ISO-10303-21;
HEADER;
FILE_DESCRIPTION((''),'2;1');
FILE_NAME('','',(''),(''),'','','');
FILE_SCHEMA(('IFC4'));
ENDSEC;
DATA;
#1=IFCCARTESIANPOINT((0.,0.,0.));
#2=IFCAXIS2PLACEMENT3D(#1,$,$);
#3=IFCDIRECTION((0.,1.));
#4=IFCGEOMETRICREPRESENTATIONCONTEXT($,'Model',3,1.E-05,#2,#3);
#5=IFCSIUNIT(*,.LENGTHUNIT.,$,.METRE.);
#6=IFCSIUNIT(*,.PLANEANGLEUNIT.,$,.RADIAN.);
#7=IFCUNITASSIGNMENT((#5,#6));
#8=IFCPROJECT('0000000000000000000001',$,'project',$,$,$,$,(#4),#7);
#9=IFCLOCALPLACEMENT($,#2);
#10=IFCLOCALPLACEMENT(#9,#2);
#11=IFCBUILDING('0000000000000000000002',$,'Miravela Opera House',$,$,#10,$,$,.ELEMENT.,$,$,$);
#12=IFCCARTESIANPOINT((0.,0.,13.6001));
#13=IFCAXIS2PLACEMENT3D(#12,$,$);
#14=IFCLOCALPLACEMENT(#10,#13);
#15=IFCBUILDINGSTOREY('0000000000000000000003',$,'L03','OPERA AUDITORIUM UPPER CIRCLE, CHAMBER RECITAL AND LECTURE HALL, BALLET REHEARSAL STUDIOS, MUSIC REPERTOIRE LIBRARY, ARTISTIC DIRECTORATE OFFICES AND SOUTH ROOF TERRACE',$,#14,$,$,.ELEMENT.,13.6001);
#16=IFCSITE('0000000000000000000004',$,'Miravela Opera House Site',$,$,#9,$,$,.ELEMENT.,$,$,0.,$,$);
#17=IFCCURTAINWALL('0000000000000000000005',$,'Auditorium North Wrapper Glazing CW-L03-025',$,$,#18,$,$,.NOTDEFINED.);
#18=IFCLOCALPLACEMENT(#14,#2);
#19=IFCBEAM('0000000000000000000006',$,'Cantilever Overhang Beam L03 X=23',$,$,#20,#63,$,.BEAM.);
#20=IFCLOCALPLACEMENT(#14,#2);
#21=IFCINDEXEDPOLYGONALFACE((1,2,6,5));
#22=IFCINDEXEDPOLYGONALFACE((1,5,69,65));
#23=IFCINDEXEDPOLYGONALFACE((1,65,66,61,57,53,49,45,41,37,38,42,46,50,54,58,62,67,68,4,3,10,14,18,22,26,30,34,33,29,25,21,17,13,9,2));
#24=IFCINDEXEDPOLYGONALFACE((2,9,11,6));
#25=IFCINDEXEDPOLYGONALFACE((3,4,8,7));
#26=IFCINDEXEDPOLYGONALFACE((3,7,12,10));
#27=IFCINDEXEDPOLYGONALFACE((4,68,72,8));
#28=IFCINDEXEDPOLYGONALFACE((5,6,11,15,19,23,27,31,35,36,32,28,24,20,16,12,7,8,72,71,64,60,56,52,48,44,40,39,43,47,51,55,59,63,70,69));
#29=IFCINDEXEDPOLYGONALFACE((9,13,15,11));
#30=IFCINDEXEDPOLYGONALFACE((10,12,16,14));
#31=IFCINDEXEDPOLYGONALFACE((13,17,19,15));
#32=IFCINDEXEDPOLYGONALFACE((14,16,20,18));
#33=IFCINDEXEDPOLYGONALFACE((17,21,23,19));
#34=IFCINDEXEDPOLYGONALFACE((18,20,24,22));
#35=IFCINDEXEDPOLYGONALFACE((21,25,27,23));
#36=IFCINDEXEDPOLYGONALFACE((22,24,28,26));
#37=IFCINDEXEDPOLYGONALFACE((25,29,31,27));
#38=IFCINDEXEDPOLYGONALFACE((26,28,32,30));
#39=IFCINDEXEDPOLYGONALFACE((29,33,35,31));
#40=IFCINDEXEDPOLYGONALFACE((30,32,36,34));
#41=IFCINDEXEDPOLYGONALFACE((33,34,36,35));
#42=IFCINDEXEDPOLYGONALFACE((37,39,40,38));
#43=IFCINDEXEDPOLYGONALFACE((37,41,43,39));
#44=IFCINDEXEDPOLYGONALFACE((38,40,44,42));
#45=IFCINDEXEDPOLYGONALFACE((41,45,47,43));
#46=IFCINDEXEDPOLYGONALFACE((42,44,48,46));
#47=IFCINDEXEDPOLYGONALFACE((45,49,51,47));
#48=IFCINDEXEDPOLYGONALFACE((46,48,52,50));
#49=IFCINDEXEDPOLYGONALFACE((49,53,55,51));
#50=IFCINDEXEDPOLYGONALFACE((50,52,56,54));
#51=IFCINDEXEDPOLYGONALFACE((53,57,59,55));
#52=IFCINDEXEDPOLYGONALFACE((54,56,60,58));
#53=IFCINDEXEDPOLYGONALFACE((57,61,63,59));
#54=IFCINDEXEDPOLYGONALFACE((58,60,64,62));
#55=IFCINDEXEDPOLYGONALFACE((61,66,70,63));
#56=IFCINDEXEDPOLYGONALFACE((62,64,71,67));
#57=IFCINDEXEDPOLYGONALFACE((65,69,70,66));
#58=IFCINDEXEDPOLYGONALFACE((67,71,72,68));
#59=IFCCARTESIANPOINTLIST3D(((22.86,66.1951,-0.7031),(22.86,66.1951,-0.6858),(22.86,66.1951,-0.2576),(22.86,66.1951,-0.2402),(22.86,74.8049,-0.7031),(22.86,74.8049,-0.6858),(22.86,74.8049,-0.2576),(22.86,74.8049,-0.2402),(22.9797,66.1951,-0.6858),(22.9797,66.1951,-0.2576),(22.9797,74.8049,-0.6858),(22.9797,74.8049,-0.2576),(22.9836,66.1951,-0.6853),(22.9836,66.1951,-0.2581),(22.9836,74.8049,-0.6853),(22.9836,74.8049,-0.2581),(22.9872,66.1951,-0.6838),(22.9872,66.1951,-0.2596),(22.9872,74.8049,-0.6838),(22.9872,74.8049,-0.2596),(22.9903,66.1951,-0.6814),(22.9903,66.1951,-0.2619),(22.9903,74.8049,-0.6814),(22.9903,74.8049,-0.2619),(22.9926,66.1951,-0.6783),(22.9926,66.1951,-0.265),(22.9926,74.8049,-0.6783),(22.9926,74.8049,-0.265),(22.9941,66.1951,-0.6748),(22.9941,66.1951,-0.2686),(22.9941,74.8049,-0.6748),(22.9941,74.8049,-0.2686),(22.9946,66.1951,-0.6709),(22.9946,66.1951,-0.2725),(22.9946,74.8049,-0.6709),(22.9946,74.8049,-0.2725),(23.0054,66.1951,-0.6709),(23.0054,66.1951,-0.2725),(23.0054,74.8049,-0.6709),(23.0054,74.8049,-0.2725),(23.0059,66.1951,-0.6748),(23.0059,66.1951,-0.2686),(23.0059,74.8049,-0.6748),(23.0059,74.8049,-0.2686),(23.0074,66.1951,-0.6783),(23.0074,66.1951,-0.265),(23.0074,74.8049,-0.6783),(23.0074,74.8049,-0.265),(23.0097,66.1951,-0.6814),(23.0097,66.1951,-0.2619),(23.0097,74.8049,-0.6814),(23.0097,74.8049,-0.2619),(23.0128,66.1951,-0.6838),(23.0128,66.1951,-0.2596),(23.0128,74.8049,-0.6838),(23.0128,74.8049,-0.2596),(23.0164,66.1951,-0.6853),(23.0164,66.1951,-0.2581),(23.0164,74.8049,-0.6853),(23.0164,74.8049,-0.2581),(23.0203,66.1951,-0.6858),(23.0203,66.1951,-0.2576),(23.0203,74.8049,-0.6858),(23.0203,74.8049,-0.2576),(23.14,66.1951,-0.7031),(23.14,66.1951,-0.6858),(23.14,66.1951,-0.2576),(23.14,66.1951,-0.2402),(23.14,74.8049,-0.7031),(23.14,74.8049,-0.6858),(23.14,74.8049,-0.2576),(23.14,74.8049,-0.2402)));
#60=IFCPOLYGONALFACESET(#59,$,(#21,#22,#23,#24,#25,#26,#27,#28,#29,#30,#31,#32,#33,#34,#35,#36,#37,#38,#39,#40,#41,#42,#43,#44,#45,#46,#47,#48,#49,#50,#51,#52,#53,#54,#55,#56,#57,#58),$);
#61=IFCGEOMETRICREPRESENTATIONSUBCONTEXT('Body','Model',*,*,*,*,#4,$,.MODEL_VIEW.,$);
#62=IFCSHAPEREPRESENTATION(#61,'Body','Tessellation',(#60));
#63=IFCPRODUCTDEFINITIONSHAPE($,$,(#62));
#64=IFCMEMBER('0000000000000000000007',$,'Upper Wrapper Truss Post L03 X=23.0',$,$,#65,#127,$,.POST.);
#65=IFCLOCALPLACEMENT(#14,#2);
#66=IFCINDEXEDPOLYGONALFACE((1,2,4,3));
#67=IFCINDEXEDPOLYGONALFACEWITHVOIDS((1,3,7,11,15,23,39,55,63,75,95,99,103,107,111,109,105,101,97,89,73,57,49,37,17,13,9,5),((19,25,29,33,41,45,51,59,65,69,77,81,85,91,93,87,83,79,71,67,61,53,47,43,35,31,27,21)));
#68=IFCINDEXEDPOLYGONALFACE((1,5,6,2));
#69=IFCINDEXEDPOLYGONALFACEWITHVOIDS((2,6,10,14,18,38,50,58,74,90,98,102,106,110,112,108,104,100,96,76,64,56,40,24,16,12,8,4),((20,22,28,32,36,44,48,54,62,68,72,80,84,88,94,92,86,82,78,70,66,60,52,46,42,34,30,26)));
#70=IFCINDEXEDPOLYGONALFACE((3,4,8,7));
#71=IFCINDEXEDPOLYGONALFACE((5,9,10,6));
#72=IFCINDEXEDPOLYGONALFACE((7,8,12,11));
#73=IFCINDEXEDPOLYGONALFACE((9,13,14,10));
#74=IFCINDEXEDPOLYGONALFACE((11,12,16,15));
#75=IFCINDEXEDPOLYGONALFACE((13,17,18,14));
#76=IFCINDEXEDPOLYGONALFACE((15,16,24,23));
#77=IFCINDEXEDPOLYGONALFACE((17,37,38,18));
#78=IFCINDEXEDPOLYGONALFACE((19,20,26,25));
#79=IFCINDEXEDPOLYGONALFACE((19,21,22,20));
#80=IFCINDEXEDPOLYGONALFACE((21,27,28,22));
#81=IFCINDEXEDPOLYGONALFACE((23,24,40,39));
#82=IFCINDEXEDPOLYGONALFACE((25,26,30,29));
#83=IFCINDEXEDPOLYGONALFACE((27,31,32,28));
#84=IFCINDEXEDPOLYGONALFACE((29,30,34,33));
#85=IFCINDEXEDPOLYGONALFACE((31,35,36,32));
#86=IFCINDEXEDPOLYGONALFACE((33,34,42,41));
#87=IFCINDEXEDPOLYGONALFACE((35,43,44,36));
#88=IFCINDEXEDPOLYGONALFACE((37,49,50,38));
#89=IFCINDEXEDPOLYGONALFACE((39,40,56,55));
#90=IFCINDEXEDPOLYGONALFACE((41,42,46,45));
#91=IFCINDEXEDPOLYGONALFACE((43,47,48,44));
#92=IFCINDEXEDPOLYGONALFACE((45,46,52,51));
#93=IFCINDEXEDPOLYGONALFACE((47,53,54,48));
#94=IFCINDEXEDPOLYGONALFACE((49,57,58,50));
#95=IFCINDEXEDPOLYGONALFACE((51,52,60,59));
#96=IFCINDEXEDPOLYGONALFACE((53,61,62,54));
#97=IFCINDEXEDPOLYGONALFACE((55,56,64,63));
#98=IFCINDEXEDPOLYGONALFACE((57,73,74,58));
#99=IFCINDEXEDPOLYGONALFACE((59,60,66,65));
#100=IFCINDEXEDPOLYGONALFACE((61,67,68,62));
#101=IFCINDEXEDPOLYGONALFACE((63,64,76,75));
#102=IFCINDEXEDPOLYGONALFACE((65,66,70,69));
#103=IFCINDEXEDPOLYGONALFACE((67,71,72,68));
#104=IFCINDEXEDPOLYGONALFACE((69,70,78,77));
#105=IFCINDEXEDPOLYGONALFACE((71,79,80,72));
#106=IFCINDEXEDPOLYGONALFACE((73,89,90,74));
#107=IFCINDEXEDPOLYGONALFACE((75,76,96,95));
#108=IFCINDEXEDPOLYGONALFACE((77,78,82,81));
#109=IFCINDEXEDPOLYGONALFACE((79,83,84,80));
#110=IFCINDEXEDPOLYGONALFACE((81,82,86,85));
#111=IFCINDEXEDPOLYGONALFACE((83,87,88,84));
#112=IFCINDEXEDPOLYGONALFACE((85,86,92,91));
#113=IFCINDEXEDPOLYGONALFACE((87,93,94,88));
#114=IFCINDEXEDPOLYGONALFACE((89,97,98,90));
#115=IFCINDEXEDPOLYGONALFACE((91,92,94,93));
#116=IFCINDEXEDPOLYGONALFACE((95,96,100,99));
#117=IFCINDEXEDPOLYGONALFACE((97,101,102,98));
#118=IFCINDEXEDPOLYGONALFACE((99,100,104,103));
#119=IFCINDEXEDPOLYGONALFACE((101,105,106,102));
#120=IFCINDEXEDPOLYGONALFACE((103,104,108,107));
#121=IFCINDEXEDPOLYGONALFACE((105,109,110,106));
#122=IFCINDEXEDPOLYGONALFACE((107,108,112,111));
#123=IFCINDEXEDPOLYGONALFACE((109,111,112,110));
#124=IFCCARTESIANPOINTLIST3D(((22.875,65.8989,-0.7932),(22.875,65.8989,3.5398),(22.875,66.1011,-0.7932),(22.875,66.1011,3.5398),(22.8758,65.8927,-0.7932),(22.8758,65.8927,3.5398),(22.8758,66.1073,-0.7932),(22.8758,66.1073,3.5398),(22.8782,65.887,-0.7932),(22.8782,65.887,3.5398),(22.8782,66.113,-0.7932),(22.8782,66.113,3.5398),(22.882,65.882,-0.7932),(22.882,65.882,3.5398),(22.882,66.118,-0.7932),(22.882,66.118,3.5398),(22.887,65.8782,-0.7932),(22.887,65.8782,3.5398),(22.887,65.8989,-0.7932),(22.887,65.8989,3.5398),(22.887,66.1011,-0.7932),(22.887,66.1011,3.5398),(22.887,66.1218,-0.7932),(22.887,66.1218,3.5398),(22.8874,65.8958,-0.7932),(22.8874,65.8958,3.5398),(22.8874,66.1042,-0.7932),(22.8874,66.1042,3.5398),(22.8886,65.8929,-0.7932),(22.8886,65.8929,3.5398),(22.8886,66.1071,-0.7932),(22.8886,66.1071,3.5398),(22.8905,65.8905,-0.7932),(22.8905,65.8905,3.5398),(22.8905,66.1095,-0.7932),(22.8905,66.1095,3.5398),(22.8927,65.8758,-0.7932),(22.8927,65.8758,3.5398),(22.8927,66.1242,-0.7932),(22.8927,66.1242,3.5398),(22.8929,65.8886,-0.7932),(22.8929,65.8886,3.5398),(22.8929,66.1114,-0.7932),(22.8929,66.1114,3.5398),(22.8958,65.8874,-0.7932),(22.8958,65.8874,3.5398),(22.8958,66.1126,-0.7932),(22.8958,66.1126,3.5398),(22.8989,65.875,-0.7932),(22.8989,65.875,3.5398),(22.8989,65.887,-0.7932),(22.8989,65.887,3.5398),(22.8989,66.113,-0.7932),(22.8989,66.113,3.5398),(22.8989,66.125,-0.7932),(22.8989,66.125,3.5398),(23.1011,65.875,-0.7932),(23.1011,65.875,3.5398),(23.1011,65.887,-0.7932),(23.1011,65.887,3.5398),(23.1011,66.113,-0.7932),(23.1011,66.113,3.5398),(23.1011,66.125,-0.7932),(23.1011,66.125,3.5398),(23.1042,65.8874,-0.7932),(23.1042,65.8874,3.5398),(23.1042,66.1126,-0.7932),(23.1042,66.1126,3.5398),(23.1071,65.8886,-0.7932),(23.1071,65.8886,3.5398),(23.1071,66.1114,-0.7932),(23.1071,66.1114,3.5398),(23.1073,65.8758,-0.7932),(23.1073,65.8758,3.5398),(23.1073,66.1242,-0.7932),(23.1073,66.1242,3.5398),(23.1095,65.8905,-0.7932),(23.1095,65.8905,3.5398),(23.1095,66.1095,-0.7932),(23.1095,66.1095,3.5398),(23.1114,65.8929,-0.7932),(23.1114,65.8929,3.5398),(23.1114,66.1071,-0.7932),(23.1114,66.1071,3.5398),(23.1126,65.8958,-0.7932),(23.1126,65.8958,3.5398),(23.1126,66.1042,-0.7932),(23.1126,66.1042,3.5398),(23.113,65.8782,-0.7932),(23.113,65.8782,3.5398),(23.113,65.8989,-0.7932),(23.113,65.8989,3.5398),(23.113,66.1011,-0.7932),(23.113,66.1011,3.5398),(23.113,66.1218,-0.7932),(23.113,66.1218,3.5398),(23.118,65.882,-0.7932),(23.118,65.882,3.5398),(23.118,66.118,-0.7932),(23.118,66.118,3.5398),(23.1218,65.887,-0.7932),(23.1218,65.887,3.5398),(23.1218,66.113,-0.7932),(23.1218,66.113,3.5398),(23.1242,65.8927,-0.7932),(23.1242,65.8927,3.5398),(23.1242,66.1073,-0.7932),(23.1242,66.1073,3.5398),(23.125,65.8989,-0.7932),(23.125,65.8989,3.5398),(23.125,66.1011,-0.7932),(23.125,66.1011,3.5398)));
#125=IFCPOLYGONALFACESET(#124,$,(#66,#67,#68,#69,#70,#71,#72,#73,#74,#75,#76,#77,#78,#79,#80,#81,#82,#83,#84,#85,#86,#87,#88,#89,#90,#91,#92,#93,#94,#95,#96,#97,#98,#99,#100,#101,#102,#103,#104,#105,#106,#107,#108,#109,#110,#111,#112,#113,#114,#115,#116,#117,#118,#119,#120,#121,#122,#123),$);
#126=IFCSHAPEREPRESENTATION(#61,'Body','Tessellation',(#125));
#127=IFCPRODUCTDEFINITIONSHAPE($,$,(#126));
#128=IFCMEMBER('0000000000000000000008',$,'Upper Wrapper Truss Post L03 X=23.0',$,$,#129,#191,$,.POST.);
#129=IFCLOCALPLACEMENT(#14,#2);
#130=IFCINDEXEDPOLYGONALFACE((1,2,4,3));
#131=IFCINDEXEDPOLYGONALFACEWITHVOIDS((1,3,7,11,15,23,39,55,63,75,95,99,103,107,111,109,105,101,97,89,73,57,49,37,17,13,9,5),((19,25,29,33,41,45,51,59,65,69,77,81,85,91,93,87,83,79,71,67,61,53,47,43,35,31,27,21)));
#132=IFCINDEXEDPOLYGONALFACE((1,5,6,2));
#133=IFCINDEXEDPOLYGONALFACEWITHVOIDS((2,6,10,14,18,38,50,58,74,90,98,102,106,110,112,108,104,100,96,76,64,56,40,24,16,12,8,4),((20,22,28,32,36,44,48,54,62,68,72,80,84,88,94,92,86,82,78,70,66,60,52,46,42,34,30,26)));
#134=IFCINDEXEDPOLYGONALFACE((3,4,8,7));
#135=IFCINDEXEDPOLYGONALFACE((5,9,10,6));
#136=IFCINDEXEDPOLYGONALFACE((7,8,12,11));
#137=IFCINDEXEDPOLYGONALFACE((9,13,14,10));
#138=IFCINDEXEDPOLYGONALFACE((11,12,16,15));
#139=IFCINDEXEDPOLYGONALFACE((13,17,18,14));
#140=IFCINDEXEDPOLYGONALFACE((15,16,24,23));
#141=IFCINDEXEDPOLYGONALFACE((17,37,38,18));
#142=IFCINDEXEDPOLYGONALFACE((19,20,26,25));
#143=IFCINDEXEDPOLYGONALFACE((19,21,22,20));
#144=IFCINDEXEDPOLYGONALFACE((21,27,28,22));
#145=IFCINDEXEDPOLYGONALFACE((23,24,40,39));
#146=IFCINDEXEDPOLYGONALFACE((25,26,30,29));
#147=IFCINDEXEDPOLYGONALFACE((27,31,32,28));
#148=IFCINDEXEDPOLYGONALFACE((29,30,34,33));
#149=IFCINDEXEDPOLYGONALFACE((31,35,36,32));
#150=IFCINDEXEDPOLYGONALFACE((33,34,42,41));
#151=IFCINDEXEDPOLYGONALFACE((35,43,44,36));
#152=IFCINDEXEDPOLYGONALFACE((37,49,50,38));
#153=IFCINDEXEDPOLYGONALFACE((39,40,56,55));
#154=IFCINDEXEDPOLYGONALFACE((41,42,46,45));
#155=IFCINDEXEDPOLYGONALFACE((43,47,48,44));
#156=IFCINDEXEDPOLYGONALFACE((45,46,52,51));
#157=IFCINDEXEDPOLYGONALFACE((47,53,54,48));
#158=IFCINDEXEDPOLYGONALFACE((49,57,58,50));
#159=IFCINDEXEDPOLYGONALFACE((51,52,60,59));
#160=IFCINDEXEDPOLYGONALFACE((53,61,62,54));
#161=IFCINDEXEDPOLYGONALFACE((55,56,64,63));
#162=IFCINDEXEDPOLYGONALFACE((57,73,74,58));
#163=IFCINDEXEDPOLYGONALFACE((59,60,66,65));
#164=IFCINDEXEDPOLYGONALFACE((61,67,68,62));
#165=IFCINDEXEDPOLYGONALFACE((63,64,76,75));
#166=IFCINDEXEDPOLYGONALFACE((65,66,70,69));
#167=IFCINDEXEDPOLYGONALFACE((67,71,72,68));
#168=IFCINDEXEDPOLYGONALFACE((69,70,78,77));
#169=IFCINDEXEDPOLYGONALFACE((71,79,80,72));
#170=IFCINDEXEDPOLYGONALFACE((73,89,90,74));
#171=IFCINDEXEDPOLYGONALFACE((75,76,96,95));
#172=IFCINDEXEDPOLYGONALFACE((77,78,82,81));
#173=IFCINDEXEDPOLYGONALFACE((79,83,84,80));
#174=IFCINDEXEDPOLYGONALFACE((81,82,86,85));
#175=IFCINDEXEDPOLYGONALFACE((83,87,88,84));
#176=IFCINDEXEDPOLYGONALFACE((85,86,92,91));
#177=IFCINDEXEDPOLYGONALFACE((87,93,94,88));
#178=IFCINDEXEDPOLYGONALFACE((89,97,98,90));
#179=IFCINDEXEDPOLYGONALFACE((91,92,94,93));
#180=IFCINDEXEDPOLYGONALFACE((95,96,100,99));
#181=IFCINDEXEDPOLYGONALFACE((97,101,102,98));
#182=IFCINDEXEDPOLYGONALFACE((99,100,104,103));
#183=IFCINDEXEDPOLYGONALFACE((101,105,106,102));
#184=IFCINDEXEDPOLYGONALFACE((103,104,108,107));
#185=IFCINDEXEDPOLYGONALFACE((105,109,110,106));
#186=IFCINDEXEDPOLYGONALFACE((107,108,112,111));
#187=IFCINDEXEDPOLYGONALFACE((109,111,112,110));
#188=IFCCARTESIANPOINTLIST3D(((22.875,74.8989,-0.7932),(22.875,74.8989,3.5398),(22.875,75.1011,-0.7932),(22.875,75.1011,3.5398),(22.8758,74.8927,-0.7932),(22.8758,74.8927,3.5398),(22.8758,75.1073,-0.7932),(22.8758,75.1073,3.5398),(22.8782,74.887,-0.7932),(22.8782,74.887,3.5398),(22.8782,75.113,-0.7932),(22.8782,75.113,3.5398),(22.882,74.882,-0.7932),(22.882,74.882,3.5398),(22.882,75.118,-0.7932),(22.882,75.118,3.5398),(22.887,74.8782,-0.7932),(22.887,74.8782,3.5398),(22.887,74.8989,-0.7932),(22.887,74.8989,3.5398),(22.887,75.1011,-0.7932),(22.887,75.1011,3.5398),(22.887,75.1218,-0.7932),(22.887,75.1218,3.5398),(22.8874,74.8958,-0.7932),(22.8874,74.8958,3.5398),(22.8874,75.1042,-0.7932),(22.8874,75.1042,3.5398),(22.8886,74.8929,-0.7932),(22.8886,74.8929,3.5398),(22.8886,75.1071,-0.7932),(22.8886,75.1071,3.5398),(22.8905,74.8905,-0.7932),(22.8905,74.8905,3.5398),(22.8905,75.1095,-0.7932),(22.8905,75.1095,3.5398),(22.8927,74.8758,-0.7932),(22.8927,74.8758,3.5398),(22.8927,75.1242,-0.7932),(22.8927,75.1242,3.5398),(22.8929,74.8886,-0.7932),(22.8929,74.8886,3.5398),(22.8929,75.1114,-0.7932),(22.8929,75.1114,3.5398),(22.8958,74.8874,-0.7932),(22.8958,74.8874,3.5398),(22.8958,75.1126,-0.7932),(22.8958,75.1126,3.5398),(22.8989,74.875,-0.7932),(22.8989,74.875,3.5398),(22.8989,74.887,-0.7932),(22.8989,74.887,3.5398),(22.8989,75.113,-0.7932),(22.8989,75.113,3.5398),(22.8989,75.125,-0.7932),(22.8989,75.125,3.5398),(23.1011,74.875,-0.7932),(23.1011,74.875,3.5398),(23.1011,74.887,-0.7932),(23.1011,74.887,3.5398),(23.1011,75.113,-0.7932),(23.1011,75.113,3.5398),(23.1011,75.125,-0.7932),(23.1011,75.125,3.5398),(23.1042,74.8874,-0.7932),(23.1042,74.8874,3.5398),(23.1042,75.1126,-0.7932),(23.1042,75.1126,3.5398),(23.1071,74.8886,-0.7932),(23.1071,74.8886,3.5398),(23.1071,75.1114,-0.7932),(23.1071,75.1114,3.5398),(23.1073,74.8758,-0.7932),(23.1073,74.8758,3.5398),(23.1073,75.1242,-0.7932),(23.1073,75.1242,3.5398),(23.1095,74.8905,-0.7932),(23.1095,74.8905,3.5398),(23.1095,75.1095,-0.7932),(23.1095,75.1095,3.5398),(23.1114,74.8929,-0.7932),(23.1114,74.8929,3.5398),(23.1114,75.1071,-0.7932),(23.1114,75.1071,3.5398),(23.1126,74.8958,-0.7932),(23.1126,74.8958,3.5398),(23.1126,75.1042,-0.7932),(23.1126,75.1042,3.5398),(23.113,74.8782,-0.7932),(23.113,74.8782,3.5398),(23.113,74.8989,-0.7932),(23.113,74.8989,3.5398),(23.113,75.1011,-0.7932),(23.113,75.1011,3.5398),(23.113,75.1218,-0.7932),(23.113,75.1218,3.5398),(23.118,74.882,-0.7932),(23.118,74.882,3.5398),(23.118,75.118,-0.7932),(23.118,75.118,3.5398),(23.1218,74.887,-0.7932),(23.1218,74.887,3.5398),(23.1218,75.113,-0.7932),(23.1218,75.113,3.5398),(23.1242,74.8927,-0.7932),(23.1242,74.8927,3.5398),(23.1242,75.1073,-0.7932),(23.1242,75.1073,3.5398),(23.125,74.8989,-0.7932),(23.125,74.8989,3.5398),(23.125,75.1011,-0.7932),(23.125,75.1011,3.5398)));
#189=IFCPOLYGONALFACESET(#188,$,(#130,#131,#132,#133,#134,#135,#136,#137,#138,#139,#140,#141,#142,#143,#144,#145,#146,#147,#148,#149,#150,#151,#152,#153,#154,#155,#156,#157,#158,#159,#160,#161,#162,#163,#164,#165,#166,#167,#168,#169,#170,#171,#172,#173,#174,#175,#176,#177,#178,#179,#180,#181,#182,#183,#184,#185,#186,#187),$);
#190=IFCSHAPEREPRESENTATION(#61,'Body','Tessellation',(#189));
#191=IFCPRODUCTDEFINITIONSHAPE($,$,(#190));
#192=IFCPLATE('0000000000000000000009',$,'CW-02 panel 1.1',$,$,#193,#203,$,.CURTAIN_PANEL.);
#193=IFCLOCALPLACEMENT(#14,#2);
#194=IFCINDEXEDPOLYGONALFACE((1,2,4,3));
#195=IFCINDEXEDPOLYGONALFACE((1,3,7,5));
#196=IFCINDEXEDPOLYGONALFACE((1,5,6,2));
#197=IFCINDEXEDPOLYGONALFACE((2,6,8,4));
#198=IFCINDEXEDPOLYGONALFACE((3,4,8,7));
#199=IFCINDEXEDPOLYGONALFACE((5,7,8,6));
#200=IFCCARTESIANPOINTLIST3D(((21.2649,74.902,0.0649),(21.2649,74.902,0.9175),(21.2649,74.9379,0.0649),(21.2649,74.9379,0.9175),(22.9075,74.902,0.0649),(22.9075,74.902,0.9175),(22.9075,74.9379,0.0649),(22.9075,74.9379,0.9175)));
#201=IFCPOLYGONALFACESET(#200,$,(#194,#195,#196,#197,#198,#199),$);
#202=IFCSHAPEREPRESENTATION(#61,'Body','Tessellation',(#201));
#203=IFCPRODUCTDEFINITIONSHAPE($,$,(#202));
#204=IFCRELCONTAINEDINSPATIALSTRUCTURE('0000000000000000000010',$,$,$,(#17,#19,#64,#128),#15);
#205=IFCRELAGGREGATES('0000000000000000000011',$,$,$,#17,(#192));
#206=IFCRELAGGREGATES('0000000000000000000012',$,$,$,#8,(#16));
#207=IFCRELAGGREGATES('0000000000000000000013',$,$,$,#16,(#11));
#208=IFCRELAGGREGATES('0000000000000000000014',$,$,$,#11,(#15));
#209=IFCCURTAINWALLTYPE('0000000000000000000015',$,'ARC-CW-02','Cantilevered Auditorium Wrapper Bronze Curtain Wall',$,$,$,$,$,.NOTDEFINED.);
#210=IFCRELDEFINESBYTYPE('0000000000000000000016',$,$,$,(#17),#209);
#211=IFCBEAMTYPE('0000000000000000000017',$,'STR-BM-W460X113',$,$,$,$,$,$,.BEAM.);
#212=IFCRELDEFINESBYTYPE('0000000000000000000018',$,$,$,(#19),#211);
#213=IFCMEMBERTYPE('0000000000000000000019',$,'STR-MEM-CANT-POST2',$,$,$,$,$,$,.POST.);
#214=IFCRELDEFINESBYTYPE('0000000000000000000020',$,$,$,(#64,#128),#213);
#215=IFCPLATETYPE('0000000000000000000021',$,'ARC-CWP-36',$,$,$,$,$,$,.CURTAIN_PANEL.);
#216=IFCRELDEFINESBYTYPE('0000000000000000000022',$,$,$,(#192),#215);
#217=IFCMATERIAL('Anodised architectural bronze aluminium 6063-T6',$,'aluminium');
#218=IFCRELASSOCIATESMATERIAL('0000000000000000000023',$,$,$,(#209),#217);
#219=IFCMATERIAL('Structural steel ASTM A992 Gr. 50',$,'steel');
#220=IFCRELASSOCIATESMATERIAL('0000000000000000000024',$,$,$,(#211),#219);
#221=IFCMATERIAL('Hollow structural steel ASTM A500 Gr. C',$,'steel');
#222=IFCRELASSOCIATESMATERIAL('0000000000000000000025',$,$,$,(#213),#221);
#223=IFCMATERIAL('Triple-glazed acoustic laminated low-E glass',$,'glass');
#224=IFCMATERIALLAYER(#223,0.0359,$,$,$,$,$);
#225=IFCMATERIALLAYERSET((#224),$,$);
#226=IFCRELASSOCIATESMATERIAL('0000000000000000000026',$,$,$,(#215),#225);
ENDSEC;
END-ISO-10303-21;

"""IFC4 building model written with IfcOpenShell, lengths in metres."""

from ifc_helpers import new_model, si_unit, direction, frame, origin, origin_2d, place, context, subcontext, project, spatial, rectangle, hollow_rectangle, i_section, extrude, material, layer, layer_set, material_profile, profile_set, type_object, element, aggregate, save


model = new_model("IFC4")

# Units and contexts
model_context = context("Model", 3, precision=1e-05, world=origin(), true_north=direction((0.0, 1.0)))
body_context = subcontext(model_context, "Body", "Model", "MODEL_VIEW")
ifc_project = project(units=[si_unit("LENGTHUNIT", "METRE"), si_unit("PLANEANGLEUNIT", "RADIAN")], contexts=[model_context])

# Site, building, storey
site_placement = place(None, origin())
site = spatial("IfcSite", under=ifc_project, at=site_placement, Name="Miravela Opera House Site", CompositionType="ELEMENT", RefElevation=0.0)
building_placement = place(site_placement, origin())
building = spatial("IfcBuilding", under=site, at=building_placement, Name="Miravela Opera House", CompositionType="ELEMENT")
storey_placement = place(building_placement, frame((0.0, 0.0, 13.6001)))
storey = spatial("IfcBuildingStorey", under=building, at=storey_placement, Name="L03", Description="OPERA AUDITORIUM UPPER CIRCLE, CHAMBER RECITAL AND LECTURE HALL, BALLET REHEARSAL STUDIOS, MUSIC REPERTOIRE LIBRARY, ARTISTIC DIRECTORATE OFFICES AND SOUTH ROOF TERRACE", CompositionType="ELEMENT", Elevation=13.6001)

# Shared definitions
ifc_material_1 = material(Name="Anodised architectural bronze aluminium 6063-T6", Category="aluminium")
curtain_wall_type = type_object("IfcCurtainWallType", Name="ARC-CW-02", Description="Cantilevered Auditorium Wrapper Bronze Curtain Wall", PredefinedType="NOTDEFINED", material=ifc_material_1)

# Curtain wall
curtain_wall_1_placement = place(storey_placement, origin())
curtain_wall_1 = element("IfcCurtainWall", 1, at=curtain_wall_1_placement, inside=storey, type_object=curtain_wall_type, Name="Auditorium North Wrapper Glazing CW-L03-025", PredefinedType="NOTDEFINED")

# Beam
ifc_material_2 = material(Name="Structural steel ASTM A992 Gr. 50", Category="steel")
ifc_material_profile_1 = material_profile(ifc_material_2, i_section(OverallWidth=0.28, OverallDepth=0.4629, WebThickness=0.0107, FlangeThickness=0.0173, FilletRadius=0.0149, at=origin_2d()), Name="W460X113")
ifc_profile_set_1 = profile_set([ifc_material_profile_1])
beam_type_1 = type_object("IfcBeamType", Name="STR-BM-W460X113", PredefinedType="BEAM", material=ifc_profile_set_1)
beam_1_placement = place(storey_placement, frame((23.0, 66.1951, -0.4717), z_axis=(0.0, 1.0, 0.0), x_axis=(-1.0, 0.0, 0.0)))
element("IfcBeam", 2, at=beam_1_placement, inside=storey, type_object=beam_type_1, Name="Cantilever Overhang Beam L03 X=23", PredefinedType="BEAM", context=body_context, shape_type="SweptSolid", body=[
    extrude(i_section(OverallWidth=0.28, OverallDepth=0.4629, WebThickness=0.0107, FlangeThickness=0.0173, FilletRadius=0.0149, at=origin_2d()), origin(), (0.0, 0.0, 1.0), 8.6099),
])

# Members
ifc_material_3 = material(Name="Hollow structural steel ASTM A500 Gr. C", Category="steel")
ifc_material_profile_2 = material_profile(ifc_material_3, hollow_rectangle(XDim=0.25, YDim=0.25, WallThickness=0.012, InnerFilletRadius=0.012, OuterFilletRadius=0.0239, at=origin_2d()), Name="HSS250X250X12")
ifc_profile_set_2 = profile_set([ifc_material_profile_2])
member_type_1 = type_object("IfcMemberType", Name="STR-MEM-CANT-POST2", PredefinedType="POST", material=ifc_profile_set_2)
for number, where, z_axis, x_axis, name in (
    (3, (23.0, 66.0, -0.7932), (0.0, 0.0, 1.0), (1.0, 0.0, 0.0), "Upper Wrapper Truss Post L03 X=23.0"),
    (4, (23.0, 75.0, -0.7932), (0.0, 0.0, 1.0), (1.0, 0.0, 0.0), "Upper Wrapper Truss Post L03 X=23.0"),
):
    element("IfcMember", number, at=place(storey_placement, frame(where, z_axis=z_axis, x_axis=x_axis)), inside=storey, type_object=member_type_1, Name=name, PredefinedType="POST", context=body_context, shape_type="SweptSolid", body=[
        extrude(hollow_rectangle(XDim=0.25, YDim=0.25, WallThickness=0.012, InnerFilletRadius=0.012, OuterFilletRadius=0.0239, at=origin_2d()), origin(), (0.0, 0.0, 1.0), 4.333),
    ])

# Plate
ifc_material_4 = material(Name="Triple-glazed acoustic laminated low-E glass", Category="glass")
ifc_layer_1 = layer(ifc_material_4, 0.0359)
ifc_layer_set_1 = layer_set([ifc_layer_1])
plate_type = type_object("IfcPlateType", Name="ARC-CWP-36", PredefinedType="CURTAIN_PANEL", material=ifc_layer_set_1)
plate_1_placement = place(storey_placement, frame((22.0862, 74.9199, 0.0649), z_axis=(0.0, 0.0, 1.0), x_axis=(1.0, 0.0, 0.0)))
plate_1 = element("IfcPlate", 5, at=plate_1_placement, type_object=plate_type, Name="CW-02 panel 1.1", PredefinedType="CURTAIN_PANEL", context=body_context, shape_type="SweptSolid", body=[
    extrude(rectangle(XDim=1.6426, YDim=0.0359, at=origin_2d()), origin(), (0.0, 0.0, 1.0), 0.8525),
])
aggregate(curtain_wall_1, [plate_1])

save(model, "model.ifc")
